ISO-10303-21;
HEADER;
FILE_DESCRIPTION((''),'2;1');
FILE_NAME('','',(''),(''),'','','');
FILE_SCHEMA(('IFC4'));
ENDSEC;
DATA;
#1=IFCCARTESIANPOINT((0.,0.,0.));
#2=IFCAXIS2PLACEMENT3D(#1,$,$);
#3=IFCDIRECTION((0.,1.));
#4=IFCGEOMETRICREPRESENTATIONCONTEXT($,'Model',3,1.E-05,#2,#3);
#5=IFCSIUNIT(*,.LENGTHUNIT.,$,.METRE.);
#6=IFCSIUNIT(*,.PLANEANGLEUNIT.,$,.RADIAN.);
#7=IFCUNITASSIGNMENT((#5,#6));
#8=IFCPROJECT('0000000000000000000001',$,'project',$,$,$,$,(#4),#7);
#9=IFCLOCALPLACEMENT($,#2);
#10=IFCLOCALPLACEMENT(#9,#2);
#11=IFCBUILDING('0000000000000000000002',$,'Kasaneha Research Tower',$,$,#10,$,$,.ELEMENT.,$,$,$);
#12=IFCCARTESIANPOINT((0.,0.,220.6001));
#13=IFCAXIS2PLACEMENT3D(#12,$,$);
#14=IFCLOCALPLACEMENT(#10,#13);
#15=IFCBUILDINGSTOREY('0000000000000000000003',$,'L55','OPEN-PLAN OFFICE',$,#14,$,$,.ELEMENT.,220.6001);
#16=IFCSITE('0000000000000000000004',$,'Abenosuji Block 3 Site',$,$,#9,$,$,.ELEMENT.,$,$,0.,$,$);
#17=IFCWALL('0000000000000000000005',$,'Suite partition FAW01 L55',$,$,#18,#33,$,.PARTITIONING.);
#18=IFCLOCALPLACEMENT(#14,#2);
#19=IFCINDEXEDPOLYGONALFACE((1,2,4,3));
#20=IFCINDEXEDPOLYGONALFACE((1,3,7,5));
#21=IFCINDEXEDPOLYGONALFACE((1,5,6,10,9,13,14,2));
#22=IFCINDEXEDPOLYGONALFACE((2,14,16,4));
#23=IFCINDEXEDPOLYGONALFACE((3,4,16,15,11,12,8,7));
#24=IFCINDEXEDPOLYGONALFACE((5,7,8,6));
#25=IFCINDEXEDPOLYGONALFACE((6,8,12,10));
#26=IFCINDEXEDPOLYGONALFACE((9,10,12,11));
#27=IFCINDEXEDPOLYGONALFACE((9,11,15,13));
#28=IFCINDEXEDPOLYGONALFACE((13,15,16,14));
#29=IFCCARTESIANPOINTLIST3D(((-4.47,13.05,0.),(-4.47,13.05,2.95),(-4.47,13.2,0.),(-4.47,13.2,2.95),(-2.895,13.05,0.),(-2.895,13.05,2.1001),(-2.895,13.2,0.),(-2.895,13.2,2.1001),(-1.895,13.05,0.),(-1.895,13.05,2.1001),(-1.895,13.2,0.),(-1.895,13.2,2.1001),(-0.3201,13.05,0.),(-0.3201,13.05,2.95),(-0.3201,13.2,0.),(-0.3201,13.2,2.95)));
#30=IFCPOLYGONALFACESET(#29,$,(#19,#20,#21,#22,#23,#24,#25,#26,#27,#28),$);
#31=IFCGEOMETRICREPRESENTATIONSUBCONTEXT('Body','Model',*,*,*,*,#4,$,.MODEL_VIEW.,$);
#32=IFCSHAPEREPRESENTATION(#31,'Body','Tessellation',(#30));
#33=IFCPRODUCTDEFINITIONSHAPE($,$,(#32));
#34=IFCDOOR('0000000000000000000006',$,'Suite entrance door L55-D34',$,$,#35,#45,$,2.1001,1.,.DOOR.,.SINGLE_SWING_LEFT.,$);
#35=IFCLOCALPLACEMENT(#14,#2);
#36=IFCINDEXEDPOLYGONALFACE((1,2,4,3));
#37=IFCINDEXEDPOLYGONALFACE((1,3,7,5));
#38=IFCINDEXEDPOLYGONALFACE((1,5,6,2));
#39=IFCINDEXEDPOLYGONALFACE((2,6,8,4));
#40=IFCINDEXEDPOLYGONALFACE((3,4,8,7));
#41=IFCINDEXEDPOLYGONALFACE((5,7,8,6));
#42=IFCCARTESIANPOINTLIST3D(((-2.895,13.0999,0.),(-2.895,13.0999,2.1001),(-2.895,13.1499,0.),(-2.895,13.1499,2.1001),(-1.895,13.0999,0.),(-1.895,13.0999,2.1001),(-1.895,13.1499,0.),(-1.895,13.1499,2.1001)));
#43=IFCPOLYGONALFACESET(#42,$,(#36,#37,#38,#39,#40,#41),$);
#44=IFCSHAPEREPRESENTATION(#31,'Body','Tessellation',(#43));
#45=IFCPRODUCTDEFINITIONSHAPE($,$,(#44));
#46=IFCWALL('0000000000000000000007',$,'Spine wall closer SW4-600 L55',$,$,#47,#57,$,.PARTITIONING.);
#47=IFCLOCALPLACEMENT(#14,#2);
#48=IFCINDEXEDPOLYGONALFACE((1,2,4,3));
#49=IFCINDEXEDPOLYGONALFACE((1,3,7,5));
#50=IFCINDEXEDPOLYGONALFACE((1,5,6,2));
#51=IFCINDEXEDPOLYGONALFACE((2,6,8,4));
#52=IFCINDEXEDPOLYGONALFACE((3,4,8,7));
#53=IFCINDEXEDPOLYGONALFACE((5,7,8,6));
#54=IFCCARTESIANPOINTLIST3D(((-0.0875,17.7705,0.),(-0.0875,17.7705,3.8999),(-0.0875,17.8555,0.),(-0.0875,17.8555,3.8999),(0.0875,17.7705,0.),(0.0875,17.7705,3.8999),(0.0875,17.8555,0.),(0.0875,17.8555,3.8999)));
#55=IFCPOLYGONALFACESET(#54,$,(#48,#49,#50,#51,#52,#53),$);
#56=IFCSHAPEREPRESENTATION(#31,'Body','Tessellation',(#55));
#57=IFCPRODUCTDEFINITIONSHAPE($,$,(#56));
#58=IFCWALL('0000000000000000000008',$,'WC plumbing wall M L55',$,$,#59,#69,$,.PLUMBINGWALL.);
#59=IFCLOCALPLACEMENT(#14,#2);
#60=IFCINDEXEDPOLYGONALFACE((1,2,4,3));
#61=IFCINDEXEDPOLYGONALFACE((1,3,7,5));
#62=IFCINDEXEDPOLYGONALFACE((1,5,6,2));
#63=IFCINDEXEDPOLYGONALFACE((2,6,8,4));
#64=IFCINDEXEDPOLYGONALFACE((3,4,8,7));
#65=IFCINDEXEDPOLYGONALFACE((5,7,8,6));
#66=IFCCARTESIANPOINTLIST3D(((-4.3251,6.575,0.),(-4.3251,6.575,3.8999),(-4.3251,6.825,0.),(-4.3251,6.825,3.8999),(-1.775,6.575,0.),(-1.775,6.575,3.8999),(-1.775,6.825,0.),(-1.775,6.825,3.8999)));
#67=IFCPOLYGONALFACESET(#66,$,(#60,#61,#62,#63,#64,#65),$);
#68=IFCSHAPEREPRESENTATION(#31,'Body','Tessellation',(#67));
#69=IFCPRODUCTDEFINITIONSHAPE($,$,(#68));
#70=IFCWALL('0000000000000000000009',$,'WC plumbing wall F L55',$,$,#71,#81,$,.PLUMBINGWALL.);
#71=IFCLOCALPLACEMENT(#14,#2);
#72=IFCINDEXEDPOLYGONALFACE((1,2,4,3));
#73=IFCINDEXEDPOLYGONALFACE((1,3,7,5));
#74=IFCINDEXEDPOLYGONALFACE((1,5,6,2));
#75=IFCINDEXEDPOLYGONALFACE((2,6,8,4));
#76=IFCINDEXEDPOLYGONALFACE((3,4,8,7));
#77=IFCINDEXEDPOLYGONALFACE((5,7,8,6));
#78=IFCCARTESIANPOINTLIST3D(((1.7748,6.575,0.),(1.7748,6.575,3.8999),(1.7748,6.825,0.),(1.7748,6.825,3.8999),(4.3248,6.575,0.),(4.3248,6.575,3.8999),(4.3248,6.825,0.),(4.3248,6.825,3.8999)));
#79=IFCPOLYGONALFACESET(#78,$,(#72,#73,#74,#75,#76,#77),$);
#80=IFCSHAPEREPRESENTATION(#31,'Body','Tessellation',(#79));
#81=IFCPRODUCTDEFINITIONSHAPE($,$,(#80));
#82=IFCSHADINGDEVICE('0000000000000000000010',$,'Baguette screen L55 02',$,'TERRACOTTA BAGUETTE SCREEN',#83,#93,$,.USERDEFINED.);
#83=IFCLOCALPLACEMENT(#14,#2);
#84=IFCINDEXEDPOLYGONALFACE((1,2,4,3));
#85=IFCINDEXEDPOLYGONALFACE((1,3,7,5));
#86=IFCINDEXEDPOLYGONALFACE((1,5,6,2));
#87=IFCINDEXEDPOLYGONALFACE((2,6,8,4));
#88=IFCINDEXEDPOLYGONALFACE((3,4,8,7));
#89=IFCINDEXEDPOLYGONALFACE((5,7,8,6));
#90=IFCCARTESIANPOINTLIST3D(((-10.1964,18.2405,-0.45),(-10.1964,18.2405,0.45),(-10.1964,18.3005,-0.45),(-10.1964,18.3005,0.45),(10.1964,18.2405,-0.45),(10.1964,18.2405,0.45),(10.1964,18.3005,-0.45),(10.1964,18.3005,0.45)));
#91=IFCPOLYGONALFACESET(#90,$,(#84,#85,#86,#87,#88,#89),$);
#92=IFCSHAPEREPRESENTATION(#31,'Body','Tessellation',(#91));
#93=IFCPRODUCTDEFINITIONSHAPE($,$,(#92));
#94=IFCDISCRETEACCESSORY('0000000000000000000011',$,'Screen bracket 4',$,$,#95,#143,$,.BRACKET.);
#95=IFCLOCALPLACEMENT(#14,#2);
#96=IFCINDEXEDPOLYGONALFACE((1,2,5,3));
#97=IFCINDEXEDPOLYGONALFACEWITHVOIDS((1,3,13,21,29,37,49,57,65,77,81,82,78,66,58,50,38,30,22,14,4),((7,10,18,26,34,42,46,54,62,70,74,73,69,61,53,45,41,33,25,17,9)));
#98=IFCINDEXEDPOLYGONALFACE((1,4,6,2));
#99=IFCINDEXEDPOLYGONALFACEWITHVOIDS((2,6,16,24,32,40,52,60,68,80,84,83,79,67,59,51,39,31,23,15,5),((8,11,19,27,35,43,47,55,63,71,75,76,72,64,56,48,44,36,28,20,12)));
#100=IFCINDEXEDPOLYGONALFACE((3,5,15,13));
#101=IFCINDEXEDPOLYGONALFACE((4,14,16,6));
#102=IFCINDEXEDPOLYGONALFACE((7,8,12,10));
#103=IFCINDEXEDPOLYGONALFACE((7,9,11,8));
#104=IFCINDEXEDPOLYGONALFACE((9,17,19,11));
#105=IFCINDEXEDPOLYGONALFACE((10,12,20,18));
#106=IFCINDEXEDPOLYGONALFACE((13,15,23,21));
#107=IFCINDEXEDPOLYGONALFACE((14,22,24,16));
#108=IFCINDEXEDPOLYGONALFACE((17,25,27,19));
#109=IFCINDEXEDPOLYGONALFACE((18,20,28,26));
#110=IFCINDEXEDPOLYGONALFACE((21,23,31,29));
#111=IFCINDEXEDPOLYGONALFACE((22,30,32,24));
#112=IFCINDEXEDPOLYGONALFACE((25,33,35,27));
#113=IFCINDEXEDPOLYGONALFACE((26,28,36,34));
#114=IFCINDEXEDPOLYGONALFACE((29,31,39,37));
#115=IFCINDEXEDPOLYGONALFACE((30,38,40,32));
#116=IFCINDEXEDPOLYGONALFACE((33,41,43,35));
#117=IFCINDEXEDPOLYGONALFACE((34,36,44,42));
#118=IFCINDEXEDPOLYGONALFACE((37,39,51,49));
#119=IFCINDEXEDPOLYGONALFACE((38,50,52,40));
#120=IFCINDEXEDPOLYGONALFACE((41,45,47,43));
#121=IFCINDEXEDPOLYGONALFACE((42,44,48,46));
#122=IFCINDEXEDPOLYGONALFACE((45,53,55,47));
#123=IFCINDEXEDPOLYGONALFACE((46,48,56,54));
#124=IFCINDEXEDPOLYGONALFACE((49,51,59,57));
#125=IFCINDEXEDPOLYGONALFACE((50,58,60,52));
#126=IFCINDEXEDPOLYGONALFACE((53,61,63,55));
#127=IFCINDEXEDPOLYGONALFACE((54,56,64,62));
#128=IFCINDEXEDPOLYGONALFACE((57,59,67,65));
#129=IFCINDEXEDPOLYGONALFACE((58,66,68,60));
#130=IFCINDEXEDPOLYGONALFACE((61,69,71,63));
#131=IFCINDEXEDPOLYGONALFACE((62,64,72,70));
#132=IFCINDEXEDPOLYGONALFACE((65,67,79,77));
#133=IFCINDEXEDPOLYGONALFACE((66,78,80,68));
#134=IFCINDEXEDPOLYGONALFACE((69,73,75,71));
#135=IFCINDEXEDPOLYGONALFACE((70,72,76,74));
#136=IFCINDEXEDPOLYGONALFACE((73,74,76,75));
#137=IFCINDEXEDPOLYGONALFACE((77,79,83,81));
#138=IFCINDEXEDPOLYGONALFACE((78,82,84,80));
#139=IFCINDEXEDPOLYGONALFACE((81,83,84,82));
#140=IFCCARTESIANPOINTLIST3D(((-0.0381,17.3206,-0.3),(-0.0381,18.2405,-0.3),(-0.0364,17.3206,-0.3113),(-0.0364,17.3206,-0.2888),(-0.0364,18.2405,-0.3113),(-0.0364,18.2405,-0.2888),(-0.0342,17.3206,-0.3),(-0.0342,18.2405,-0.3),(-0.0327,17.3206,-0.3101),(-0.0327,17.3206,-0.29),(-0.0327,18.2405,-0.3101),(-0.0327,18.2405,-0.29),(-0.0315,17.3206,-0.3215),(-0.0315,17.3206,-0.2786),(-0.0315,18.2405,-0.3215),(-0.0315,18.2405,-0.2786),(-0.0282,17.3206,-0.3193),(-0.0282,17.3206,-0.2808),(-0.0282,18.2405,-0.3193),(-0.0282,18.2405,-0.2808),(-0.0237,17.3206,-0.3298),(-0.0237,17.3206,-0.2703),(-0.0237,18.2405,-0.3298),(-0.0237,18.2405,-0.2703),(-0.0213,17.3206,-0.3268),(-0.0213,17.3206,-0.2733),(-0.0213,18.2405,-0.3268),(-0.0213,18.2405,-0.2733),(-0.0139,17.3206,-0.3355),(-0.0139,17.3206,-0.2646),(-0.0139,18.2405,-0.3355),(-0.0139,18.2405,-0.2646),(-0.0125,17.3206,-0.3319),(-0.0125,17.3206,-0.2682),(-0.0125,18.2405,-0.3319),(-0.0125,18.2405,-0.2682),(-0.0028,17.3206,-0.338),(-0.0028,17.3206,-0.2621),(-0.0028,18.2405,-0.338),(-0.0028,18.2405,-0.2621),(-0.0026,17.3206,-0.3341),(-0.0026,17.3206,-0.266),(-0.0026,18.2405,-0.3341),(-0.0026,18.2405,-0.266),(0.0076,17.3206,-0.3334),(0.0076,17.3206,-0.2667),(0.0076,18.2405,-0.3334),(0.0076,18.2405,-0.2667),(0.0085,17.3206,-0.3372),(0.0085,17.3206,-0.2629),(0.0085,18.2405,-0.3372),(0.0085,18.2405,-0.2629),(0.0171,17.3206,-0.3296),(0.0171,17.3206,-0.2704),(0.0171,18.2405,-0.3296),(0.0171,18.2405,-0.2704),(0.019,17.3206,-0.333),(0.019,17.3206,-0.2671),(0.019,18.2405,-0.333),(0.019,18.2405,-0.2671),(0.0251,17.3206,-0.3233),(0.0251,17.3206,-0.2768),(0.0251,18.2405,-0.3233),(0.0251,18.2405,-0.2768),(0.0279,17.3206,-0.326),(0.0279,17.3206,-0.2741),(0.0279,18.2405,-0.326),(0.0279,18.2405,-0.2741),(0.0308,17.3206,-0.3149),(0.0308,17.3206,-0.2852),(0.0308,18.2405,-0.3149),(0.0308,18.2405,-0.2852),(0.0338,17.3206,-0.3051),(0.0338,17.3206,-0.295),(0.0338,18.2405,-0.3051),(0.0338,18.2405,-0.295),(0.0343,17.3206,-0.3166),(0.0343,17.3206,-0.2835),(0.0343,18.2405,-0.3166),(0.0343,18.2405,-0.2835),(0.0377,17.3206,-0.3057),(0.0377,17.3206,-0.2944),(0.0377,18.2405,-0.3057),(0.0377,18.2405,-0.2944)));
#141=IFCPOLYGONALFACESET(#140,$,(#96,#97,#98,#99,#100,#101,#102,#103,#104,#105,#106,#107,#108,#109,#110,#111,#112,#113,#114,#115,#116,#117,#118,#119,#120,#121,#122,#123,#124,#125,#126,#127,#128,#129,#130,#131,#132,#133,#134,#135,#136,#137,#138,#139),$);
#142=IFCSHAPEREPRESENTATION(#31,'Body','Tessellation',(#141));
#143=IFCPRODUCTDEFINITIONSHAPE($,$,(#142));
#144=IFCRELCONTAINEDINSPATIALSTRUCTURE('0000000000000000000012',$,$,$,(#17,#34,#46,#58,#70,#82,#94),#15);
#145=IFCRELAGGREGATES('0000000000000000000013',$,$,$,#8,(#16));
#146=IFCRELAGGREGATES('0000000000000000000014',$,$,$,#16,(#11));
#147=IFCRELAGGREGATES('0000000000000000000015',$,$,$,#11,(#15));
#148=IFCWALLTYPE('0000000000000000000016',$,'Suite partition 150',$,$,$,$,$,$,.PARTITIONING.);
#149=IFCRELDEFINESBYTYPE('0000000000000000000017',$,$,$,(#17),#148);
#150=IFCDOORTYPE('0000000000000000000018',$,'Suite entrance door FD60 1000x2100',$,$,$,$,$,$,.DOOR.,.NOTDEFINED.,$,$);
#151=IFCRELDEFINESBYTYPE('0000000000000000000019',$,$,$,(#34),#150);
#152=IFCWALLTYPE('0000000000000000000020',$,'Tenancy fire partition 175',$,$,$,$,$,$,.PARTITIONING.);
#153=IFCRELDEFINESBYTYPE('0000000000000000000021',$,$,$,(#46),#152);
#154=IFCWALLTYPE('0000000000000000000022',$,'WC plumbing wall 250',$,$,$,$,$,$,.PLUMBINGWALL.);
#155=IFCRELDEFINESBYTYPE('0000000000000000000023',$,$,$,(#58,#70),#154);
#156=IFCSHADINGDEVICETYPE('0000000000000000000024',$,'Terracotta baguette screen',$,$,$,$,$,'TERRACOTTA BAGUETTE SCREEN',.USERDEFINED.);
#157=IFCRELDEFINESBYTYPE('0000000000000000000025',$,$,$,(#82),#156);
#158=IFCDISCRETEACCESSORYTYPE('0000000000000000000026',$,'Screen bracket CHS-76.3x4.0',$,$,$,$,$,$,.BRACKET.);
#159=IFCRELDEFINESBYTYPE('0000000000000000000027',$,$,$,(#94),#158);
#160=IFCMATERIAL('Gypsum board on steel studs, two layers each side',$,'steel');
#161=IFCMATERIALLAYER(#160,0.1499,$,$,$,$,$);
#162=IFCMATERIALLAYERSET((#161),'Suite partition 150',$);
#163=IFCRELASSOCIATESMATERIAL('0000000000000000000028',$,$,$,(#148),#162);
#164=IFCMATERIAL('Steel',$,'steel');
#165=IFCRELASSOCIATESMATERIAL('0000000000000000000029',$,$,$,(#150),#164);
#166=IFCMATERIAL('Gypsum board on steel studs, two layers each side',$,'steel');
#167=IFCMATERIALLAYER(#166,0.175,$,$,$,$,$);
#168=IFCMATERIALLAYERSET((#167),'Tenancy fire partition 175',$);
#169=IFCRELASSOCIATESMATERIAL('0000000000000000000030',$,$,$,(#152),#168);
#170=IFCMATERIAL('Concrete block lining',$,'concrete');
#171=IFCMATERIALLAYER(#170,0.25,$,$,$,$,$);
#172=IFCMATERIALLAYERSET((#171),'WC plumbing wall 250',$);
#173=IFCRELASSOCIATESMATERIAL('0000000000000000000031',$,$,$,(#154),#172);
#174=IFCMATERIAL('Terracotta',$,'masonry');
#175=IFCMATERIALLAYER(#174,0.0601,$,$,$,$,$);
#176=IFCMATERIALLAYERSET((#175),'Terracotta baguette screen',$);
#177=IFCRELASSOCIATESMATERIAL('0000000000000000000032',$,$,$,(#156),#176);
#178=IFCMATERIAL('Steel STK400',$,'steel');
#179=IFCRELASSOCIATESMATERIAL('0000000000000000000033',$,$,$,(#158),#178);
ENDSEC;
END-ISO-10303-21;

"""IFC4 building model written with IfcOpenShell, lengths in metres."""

from ifc_helpers import new_model, si_unit, direction, frame, frame_2d, origin, origin_2d, place, context, subcontext, project, spatial, rectangle, hollow_circle, extrude, material, layer, layer_set, material_profile, profile_set, type_object, element, fill, save


model = new_model("IFC4")

# Units and contexts
model_context = context("Model", 3, precision=1e-05, world=origin(), true_north=direction((0.0, 1.0)))
body_context = subcontext(model_context, "Body", "Model", "MODEL_VIEW")
ifc_project = project(units=[si_unit("LENGTHUNIT", "METRE"), si_unit("PLANEANGLEUNIT", "RADIAN")], contexts=[model_context])

# Site, building, storey
site_placement = place(None, origin())
site = spatial("IfcSite", under=ifc_project, at=site_placement, Name="Abenosuji Block 3 Site", CompositionType="ELEMENT", RefElevation=0.0)
building_placement = place(site_placement, origin())
building = spatial("IfcBuilding", under=site, at=building_placement, Name="Kasaneha Research Tower", CompositionType="ELEMENT")
storey_placement = place(building_placement, frame((0.0, 0.0, 220.6001)))
storey = spatial("IfcBuildingStorey", under=building, at=storey_placement, Name="L55", Description="OPEN-PLAN OFFICE", CompositionType="ELEMENT", Elevation=220.6001)

# Shared definitions
ifc_material_1 = material(Name="Gypsum board on steel studs, two layers each side", Category="steel")
ifc_layer_1 = layer(ifc_material_1, 0.1499)
ifc_layer_set_1 = layer_set([ifc_layer_1], Name="Suite partition 150")
wall_type_1 = type_object("IfcWallType", Name="Suite partition 150", PredefinedType="PARTITIONING", material=ifc_layer_set_1)

# Wall, opening, door
wall_1_placement = place(storey_placement, frame((-4.47, 13.125, 0.0), z_axis=(0.0, 0.0, 1.0), x_axis=(1.0, 0.0, 0.0)))
wall_1 = element("IfcWall", 1, at=wall_1_placement, inside=storey, type_object=wall_type_1, Name="Suite partition FAW01 L55", PredefinedType="PARTITIONING", context=body_context, shape_type="SweptSolid", body=[
    extrude(rectangle(XDim=4.1499, YDim=0.1499, at=frame_2d((2.075, 0.0))), origin(), (0.0, 0.0, 1.0), 2.95),
])
opening_1_placement = place(wall_1_placement, frame((1.575, 0.0, 0.0)))
opening_1 = element("IfcOpeningElement", 2, at=opening_1_placement, cuts=wall_1, PredefinedType="OPENING", context=body_context, shape_type="SweptSolid", body=[
    extrude(rectangle(XDim=1.0, YDim=2.1001, at=frame_2d((0.5, 1.05))), frame((0.0, 0.085, 0.0), z_axis=(0.0, -1.0, 0.0), x_axis=(1.0, 0.0, 0.0)), (0.0, 0.0, 1.0), 0.1699),
])
ifc_material_2 = material(Name="Steel", Category="steel")
door_type_1 = type_object("IfcDoorType", Name="Suite entrance door FD60 1000x2100", OperationType="NOTDEFINED", PredefinedType="DOOR", material=ifc_material_2)
door_1_placement = place(opening_1_placement, origin())
door_1 = element("IfcDoor", 3, at=door_1_placement, inside=storey, type_object=door_type_1, Name="Suite entrance door L55-D34", OperationType="SINGLE_SWING_LEFT", OverallHeight=2.1001, OverallWidth=1.0, PredefinedType="DOOR", context=body_context, shape_type="SweptSolid", body=[
    extrude(rectangle(XDim=1.0, YDim=2.1001, at=frame_2d((0.5, 1.05))), frame((0.0, 0.0249, 0.0), z_axis=(0.0, -1.0, 0.0), x_axis=(1.0, 0.0, 0.0)), (0.0, 0.0, 1.0), 0.05),
])
fill(opening_1, door_1)

# Walls
ifc_material_3 = material(Name="Gypsum board on steel studs, two layers each side", Category="steel")
ifc_layer_2 = layer(ifc_material_3, 0.175)
ifc_layer_set_2 = layer_set([ifc_layer_2], Name="Tenancy fire partition 175")
wall_type_2 = type_object("IfcWallType", Name="Tenancy fire partition 175", PredefinedType="PARTITIONING", material=ifc_layer_set_2)
wall_2_placement = place(storey_placement, frame((0.0, 17.7705, 0.0), z_axis=(0.0, 0.0, 1.0), x_axis=(0.0, 1.0, 0.0)))
element("IfcWall", 4, at=wall_2_placement, inside=storey, type_object=wall_type_2, Name="Spine wall closer SW4-600 L55", PredefinedType="PARTITIONING", context=body_context, shape_type="SweptSolid", body=[
    extrude(rectangle(XDim=0.085, YDim=0.175, at=frame_2d((0.0425, 0.0))), origin(), (0.0, 0.0, 1.0), 3.8999),
])
ifc_material_4 = material(Name="Concrete block lining", Category="concrete")
ifc_layer_3 = layer(ifc_material_4, 0.25)
ifc_layer_set_3 = layer_set([ifc_layer_3], Name="WC plumbing wall 250")
wall_type_3 = type_object("IfcWallType", Name="WC plumbing wall 250", PredefinedType="PLUMBINGWALL", material=ifc_layer_set_3)
for number, where, z_axis, x_axis, name in (
    (5, (-4.325, 6.7, 0.0), (0.0, 0.0, 1.0), (1.0, 0.0, 0.0), "WC plumbing wall M L55"),
    (6, (1.7749, 6.7, 0.0), (0.0, 0.0, 1.0), (1.0, 0.0, 0.0), "WC plumbing wall F L55"),
):
    element("IfcWall", number, at=place(storey_placement, frame(where, z_axis=z_axis, x_axis=x_axis)), inside=storey, type_object=wall_type_3, Name=name, PredefinedType="PLUMBINGWALL", context=body_context, shape_type="SweptSolid", body=[
        extrude(rectangle(XDim=2.55, YDim=0.25, at=frame_2d((1.2749, 0.0))), origin(), (0.0, 0.0, 1.0), 3.8999),
    ])

# Shading device
ifc_material_5 = material(Name="Terracotta", Category="masonry")
ifc_layer_4 = layer(ifc_material_5, 0.0601)
ifc_layer_set_4 = layer_set([ifc_layer_4], Name="Terracotta baguette screen")
shading_device_type = type_object("IfcShadingDeviceType", Name="Terracotta baguette screen", ElementType="TERRACOTTA BAGUETTE SCREEN", PredefinedType="USERDEFINED", material=ifc_layer_set_4)
shading_device_placement = place(storey_placement, frame((0.0, 18.2705, -0.45), z_axis=(0.0, 0.0, 1.0), x_axis=(-1.0, 0.0, 0.0)))
element("IfcShadingDevice", 7, at=shading_device_placement, inside=storey, type_object=shading_device_type, Name="Baguette screen L55 02", ObjectType="TERRACOTTA BAGUETTE SCREEN", PredefinedType="USERDEFINED", context=body_context, shape_type="SweptSolid", body=[
    extrude(rectangle(XDim=20.3928, YDim=0.0601, at=origin_2d()), origin(), (0.0, 0.0, 1.0), 0.8999),
])

# Discrete accessory
ifc_material_6 = material(Name="Steel STK400", Category="steel")
ifc_material_profile_1 = material_profile(ifc_material_6, hollow_circle(Radius=0.0381, WallThickness=0.0039, at=origin_2d()), Name="CHS-76.3x4.0")
ifc_profile_set_1 = profile_set([ifc_material_profile_1], Name="Steel STK400")
discrete_accessory_type = type_object("IfcDiscreteAccessoryType", Name="Screen bracket CHS-76.3x4.0", PredefinedType="BRACKET", material=ifc_profile_set_1)
for number, where, z_axis, x_axis, name in (
    (8, (0.0, 17.3206, -0.3), (0.0, 1.0, 0.0), (-1.0, 0.0, 0.0), "Screen bracket 4"),
):
    element("IfcDiscreteAccessory", number, at=place(storey_placement, frame(where, z_axis=z_axis, x_axis=x_axis)), inside=storey, type_object=discrete_accessory_type, Name=name, PredefinedType="BRACKET", context=body_context, shape_type="SweptSolid", body=[
        extrude(hollow_circle(Radius=0.0381, WallThickness=0.0039, at=origin_2d()), origin(), (0.0, 0.0, 1.0), 0.9199),
    ])

save(model, "model.ifc")
